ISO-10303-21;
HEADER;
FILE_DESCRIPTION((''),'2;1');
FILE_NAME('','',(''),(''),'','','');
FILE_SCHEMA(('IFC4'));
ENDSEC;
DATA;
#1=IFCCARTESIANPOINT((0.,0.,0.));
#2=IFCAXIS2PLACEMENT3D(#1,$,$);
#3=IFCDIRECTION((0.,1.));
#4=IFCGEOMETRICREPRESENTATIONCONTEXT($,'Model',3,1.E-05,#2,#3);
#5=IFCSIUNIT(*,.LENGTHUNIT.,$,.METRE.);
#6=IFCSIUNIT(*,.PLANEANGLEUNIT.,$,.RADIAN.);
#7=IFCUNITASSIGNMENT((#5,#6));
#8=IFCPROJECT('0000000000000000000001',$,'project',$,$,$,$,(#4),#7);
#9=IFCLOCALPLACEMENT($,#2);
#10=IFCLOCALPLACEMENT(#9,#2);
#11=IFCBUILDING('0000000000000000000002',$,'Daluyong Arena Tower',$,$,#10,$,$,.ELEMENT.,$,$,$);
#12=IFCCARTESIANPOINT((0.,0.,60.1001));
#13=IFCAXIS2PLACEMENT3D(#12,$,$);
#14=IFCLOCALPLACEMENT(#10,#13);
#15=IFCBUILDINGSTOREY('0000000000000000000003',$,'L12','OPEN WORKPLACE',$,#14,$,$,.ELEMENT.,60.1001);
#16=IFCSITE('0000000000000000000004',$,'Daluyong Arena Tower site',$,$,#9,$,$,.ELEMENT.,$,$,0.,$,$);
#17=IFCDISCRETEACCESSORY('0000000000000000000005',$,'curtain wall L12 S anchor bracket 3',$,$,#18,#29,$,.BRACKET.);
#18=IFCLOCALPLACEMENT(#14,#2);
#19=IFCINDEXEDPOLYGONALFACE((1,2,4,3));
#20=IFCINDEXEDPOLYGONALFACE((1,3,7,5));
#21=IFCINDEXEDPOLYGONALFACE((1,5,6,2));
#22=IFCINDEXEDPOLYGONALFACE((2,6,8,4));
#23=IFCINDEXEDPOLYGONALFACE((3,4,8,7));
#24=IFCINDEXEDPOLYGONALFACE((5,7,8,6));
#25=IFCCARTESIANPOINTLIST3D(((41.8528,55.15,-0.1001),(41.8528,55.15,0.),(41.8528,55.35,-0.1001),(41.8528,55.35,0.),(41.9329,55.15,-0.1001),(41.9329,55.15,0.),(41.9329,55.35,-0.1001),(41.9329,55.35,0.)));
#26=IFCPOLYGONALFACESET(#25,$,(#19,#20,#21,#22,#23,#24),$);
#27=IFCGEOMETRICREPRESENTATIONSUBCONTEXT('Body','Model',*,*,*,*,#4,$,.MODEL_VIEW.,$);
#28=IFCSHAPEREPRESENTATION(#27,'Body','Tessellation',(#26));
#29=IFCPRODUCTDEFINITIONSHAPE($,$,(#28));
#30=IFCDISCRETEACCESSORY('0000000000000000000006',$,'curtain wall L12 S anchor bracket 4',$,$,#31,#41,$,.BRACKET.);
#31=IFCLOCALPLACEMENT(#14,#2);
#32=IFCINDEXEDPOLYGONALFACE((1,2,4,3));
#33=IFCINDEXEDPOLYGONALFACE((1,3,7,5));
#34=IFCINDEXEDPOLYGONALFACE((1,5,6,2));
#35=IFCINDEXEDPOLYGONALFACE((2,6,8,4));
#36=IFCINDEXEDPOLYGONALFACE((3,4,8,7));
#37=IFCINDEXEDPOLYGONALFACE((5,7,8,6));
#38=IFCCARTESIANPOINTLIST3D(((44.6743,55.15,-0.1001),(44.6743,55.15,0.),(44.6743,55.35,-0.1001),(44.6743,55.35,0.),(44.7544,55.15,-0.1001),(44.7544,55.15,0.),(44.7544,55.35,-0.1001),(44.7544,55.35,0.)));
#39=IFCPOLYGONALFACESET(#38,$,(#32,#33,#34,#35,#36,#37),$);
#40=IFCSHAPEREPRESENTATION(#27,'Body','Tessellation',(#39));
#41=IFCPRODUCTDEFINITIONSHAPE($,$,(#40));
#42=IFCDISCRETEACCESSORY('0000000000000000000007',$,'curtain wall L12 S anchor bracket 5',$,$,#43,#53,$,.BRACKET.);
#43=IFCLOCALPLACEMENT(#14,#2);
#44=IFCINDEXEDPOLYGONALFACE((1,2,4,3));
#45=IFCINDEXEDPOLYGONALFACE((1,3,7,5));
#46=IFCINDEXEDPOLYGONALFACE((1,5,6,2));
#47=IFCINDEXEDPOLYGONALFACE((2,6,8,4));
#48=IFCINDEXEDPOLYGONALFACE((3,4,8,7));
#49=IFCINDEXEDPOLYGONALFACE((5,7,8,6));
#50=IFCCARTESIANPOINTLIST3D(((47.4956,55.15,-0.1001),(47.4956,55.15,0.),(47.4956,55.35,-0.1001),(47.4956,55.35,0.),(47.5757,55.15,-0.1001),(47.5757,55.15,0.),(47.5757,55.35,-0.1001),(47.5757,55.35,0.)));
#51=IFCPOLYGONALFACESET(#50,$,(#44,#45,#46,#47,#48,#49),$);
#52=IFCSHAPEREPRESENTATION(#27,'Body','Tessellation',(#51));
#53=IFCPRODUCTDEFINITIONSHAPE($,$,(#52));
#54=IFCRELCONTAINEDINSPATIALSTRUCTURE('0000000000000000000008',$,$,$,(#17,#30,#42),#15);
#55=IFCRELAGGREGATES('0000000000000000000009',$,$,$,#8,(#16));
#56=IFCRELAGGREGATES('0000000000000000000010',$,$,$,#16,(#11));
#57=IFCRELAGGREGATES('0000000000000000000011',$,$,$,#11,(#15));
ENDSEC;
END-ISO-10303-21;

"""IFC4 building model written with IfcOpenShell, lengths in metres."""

from ifc_helpers import new_model, si_unit, direction, frame, origin, origin_2d, place, context, subcontext, project, spatial, rectangle, extrude, element, save


model = new_model("IFC4")

# Units and contexts
model_context = context("Model", 3, precision=1e-05, world=origin(), true_north=direction((0.0, 1.0)))
body_context = subcontext(model_context, "Body", "Model", "MODEL_VIEW")
ifc_project = project(units=[si_unit("LENGTHUNIT", "METRE"), si_unit("PLANEANGLEUNIT", "RADIAN")], contexts=[model_context])

# Site, building, storey
site_placement = place(None, origin())
site = spatial("IfcSite", under=ifc_project, at=site_placement, Name="Daluyong Arena Tower site", CompositionType="ELEMENT", RefElevation=0.0)
building_placement = place(site_placement, origin())
building = spatial("IfcBuilding", under=site, at=building_placement, Name="Daluyong Arena Tower", CompositionType="ELEMENT")
storey_placement = place(building_placement, frame((0.0, 0.0, 60.1001)))
storey = spatial("IfcBuildingStorey", under=building, at=storey_placement, Name="L12", Description="OPEN WORKPLACE", CompositionType="ELEMENT", Elevation=60.1001)

# Discrete accessories
for number, where, z_axis, x_axis, name in (
    (1, (41.8928, 55.25, -0.1001), (0.0, 0.0, 1.0), (1.0, 0.0, 0.0), "curtain wall L12 S anchor bracket 3"),
    (2, (44.7144, 55.25, -0.1001), (0.0, 0.0, 1.0), (1.0, 0.0, 0.0), "curtain wall L12 S anchor bracket 4"),
    (3, (47.5356, 55.25, -0.1001), (0.0, 0.0, 1.0), (1.0, 0.0, 0.0), "curtain wall L12 S anchor bracket 5"),
):
    element("IfcDiscreteAccessory", number, at=place(storey_placement, frame(where, z_axis=z_axis, x_axis=x_axis)), inside=storey, Name=name, PredefinedType="BRACKET", context=body_context, shape_type="SweptSolid", body=[
        extrude(rectangle(XDim=0.0801, YDim=0.2, at=origin_2d()), origin(), (0.0, 0.0, 1.0), 0.1001),
    ])

save(model, "model.ifc")
